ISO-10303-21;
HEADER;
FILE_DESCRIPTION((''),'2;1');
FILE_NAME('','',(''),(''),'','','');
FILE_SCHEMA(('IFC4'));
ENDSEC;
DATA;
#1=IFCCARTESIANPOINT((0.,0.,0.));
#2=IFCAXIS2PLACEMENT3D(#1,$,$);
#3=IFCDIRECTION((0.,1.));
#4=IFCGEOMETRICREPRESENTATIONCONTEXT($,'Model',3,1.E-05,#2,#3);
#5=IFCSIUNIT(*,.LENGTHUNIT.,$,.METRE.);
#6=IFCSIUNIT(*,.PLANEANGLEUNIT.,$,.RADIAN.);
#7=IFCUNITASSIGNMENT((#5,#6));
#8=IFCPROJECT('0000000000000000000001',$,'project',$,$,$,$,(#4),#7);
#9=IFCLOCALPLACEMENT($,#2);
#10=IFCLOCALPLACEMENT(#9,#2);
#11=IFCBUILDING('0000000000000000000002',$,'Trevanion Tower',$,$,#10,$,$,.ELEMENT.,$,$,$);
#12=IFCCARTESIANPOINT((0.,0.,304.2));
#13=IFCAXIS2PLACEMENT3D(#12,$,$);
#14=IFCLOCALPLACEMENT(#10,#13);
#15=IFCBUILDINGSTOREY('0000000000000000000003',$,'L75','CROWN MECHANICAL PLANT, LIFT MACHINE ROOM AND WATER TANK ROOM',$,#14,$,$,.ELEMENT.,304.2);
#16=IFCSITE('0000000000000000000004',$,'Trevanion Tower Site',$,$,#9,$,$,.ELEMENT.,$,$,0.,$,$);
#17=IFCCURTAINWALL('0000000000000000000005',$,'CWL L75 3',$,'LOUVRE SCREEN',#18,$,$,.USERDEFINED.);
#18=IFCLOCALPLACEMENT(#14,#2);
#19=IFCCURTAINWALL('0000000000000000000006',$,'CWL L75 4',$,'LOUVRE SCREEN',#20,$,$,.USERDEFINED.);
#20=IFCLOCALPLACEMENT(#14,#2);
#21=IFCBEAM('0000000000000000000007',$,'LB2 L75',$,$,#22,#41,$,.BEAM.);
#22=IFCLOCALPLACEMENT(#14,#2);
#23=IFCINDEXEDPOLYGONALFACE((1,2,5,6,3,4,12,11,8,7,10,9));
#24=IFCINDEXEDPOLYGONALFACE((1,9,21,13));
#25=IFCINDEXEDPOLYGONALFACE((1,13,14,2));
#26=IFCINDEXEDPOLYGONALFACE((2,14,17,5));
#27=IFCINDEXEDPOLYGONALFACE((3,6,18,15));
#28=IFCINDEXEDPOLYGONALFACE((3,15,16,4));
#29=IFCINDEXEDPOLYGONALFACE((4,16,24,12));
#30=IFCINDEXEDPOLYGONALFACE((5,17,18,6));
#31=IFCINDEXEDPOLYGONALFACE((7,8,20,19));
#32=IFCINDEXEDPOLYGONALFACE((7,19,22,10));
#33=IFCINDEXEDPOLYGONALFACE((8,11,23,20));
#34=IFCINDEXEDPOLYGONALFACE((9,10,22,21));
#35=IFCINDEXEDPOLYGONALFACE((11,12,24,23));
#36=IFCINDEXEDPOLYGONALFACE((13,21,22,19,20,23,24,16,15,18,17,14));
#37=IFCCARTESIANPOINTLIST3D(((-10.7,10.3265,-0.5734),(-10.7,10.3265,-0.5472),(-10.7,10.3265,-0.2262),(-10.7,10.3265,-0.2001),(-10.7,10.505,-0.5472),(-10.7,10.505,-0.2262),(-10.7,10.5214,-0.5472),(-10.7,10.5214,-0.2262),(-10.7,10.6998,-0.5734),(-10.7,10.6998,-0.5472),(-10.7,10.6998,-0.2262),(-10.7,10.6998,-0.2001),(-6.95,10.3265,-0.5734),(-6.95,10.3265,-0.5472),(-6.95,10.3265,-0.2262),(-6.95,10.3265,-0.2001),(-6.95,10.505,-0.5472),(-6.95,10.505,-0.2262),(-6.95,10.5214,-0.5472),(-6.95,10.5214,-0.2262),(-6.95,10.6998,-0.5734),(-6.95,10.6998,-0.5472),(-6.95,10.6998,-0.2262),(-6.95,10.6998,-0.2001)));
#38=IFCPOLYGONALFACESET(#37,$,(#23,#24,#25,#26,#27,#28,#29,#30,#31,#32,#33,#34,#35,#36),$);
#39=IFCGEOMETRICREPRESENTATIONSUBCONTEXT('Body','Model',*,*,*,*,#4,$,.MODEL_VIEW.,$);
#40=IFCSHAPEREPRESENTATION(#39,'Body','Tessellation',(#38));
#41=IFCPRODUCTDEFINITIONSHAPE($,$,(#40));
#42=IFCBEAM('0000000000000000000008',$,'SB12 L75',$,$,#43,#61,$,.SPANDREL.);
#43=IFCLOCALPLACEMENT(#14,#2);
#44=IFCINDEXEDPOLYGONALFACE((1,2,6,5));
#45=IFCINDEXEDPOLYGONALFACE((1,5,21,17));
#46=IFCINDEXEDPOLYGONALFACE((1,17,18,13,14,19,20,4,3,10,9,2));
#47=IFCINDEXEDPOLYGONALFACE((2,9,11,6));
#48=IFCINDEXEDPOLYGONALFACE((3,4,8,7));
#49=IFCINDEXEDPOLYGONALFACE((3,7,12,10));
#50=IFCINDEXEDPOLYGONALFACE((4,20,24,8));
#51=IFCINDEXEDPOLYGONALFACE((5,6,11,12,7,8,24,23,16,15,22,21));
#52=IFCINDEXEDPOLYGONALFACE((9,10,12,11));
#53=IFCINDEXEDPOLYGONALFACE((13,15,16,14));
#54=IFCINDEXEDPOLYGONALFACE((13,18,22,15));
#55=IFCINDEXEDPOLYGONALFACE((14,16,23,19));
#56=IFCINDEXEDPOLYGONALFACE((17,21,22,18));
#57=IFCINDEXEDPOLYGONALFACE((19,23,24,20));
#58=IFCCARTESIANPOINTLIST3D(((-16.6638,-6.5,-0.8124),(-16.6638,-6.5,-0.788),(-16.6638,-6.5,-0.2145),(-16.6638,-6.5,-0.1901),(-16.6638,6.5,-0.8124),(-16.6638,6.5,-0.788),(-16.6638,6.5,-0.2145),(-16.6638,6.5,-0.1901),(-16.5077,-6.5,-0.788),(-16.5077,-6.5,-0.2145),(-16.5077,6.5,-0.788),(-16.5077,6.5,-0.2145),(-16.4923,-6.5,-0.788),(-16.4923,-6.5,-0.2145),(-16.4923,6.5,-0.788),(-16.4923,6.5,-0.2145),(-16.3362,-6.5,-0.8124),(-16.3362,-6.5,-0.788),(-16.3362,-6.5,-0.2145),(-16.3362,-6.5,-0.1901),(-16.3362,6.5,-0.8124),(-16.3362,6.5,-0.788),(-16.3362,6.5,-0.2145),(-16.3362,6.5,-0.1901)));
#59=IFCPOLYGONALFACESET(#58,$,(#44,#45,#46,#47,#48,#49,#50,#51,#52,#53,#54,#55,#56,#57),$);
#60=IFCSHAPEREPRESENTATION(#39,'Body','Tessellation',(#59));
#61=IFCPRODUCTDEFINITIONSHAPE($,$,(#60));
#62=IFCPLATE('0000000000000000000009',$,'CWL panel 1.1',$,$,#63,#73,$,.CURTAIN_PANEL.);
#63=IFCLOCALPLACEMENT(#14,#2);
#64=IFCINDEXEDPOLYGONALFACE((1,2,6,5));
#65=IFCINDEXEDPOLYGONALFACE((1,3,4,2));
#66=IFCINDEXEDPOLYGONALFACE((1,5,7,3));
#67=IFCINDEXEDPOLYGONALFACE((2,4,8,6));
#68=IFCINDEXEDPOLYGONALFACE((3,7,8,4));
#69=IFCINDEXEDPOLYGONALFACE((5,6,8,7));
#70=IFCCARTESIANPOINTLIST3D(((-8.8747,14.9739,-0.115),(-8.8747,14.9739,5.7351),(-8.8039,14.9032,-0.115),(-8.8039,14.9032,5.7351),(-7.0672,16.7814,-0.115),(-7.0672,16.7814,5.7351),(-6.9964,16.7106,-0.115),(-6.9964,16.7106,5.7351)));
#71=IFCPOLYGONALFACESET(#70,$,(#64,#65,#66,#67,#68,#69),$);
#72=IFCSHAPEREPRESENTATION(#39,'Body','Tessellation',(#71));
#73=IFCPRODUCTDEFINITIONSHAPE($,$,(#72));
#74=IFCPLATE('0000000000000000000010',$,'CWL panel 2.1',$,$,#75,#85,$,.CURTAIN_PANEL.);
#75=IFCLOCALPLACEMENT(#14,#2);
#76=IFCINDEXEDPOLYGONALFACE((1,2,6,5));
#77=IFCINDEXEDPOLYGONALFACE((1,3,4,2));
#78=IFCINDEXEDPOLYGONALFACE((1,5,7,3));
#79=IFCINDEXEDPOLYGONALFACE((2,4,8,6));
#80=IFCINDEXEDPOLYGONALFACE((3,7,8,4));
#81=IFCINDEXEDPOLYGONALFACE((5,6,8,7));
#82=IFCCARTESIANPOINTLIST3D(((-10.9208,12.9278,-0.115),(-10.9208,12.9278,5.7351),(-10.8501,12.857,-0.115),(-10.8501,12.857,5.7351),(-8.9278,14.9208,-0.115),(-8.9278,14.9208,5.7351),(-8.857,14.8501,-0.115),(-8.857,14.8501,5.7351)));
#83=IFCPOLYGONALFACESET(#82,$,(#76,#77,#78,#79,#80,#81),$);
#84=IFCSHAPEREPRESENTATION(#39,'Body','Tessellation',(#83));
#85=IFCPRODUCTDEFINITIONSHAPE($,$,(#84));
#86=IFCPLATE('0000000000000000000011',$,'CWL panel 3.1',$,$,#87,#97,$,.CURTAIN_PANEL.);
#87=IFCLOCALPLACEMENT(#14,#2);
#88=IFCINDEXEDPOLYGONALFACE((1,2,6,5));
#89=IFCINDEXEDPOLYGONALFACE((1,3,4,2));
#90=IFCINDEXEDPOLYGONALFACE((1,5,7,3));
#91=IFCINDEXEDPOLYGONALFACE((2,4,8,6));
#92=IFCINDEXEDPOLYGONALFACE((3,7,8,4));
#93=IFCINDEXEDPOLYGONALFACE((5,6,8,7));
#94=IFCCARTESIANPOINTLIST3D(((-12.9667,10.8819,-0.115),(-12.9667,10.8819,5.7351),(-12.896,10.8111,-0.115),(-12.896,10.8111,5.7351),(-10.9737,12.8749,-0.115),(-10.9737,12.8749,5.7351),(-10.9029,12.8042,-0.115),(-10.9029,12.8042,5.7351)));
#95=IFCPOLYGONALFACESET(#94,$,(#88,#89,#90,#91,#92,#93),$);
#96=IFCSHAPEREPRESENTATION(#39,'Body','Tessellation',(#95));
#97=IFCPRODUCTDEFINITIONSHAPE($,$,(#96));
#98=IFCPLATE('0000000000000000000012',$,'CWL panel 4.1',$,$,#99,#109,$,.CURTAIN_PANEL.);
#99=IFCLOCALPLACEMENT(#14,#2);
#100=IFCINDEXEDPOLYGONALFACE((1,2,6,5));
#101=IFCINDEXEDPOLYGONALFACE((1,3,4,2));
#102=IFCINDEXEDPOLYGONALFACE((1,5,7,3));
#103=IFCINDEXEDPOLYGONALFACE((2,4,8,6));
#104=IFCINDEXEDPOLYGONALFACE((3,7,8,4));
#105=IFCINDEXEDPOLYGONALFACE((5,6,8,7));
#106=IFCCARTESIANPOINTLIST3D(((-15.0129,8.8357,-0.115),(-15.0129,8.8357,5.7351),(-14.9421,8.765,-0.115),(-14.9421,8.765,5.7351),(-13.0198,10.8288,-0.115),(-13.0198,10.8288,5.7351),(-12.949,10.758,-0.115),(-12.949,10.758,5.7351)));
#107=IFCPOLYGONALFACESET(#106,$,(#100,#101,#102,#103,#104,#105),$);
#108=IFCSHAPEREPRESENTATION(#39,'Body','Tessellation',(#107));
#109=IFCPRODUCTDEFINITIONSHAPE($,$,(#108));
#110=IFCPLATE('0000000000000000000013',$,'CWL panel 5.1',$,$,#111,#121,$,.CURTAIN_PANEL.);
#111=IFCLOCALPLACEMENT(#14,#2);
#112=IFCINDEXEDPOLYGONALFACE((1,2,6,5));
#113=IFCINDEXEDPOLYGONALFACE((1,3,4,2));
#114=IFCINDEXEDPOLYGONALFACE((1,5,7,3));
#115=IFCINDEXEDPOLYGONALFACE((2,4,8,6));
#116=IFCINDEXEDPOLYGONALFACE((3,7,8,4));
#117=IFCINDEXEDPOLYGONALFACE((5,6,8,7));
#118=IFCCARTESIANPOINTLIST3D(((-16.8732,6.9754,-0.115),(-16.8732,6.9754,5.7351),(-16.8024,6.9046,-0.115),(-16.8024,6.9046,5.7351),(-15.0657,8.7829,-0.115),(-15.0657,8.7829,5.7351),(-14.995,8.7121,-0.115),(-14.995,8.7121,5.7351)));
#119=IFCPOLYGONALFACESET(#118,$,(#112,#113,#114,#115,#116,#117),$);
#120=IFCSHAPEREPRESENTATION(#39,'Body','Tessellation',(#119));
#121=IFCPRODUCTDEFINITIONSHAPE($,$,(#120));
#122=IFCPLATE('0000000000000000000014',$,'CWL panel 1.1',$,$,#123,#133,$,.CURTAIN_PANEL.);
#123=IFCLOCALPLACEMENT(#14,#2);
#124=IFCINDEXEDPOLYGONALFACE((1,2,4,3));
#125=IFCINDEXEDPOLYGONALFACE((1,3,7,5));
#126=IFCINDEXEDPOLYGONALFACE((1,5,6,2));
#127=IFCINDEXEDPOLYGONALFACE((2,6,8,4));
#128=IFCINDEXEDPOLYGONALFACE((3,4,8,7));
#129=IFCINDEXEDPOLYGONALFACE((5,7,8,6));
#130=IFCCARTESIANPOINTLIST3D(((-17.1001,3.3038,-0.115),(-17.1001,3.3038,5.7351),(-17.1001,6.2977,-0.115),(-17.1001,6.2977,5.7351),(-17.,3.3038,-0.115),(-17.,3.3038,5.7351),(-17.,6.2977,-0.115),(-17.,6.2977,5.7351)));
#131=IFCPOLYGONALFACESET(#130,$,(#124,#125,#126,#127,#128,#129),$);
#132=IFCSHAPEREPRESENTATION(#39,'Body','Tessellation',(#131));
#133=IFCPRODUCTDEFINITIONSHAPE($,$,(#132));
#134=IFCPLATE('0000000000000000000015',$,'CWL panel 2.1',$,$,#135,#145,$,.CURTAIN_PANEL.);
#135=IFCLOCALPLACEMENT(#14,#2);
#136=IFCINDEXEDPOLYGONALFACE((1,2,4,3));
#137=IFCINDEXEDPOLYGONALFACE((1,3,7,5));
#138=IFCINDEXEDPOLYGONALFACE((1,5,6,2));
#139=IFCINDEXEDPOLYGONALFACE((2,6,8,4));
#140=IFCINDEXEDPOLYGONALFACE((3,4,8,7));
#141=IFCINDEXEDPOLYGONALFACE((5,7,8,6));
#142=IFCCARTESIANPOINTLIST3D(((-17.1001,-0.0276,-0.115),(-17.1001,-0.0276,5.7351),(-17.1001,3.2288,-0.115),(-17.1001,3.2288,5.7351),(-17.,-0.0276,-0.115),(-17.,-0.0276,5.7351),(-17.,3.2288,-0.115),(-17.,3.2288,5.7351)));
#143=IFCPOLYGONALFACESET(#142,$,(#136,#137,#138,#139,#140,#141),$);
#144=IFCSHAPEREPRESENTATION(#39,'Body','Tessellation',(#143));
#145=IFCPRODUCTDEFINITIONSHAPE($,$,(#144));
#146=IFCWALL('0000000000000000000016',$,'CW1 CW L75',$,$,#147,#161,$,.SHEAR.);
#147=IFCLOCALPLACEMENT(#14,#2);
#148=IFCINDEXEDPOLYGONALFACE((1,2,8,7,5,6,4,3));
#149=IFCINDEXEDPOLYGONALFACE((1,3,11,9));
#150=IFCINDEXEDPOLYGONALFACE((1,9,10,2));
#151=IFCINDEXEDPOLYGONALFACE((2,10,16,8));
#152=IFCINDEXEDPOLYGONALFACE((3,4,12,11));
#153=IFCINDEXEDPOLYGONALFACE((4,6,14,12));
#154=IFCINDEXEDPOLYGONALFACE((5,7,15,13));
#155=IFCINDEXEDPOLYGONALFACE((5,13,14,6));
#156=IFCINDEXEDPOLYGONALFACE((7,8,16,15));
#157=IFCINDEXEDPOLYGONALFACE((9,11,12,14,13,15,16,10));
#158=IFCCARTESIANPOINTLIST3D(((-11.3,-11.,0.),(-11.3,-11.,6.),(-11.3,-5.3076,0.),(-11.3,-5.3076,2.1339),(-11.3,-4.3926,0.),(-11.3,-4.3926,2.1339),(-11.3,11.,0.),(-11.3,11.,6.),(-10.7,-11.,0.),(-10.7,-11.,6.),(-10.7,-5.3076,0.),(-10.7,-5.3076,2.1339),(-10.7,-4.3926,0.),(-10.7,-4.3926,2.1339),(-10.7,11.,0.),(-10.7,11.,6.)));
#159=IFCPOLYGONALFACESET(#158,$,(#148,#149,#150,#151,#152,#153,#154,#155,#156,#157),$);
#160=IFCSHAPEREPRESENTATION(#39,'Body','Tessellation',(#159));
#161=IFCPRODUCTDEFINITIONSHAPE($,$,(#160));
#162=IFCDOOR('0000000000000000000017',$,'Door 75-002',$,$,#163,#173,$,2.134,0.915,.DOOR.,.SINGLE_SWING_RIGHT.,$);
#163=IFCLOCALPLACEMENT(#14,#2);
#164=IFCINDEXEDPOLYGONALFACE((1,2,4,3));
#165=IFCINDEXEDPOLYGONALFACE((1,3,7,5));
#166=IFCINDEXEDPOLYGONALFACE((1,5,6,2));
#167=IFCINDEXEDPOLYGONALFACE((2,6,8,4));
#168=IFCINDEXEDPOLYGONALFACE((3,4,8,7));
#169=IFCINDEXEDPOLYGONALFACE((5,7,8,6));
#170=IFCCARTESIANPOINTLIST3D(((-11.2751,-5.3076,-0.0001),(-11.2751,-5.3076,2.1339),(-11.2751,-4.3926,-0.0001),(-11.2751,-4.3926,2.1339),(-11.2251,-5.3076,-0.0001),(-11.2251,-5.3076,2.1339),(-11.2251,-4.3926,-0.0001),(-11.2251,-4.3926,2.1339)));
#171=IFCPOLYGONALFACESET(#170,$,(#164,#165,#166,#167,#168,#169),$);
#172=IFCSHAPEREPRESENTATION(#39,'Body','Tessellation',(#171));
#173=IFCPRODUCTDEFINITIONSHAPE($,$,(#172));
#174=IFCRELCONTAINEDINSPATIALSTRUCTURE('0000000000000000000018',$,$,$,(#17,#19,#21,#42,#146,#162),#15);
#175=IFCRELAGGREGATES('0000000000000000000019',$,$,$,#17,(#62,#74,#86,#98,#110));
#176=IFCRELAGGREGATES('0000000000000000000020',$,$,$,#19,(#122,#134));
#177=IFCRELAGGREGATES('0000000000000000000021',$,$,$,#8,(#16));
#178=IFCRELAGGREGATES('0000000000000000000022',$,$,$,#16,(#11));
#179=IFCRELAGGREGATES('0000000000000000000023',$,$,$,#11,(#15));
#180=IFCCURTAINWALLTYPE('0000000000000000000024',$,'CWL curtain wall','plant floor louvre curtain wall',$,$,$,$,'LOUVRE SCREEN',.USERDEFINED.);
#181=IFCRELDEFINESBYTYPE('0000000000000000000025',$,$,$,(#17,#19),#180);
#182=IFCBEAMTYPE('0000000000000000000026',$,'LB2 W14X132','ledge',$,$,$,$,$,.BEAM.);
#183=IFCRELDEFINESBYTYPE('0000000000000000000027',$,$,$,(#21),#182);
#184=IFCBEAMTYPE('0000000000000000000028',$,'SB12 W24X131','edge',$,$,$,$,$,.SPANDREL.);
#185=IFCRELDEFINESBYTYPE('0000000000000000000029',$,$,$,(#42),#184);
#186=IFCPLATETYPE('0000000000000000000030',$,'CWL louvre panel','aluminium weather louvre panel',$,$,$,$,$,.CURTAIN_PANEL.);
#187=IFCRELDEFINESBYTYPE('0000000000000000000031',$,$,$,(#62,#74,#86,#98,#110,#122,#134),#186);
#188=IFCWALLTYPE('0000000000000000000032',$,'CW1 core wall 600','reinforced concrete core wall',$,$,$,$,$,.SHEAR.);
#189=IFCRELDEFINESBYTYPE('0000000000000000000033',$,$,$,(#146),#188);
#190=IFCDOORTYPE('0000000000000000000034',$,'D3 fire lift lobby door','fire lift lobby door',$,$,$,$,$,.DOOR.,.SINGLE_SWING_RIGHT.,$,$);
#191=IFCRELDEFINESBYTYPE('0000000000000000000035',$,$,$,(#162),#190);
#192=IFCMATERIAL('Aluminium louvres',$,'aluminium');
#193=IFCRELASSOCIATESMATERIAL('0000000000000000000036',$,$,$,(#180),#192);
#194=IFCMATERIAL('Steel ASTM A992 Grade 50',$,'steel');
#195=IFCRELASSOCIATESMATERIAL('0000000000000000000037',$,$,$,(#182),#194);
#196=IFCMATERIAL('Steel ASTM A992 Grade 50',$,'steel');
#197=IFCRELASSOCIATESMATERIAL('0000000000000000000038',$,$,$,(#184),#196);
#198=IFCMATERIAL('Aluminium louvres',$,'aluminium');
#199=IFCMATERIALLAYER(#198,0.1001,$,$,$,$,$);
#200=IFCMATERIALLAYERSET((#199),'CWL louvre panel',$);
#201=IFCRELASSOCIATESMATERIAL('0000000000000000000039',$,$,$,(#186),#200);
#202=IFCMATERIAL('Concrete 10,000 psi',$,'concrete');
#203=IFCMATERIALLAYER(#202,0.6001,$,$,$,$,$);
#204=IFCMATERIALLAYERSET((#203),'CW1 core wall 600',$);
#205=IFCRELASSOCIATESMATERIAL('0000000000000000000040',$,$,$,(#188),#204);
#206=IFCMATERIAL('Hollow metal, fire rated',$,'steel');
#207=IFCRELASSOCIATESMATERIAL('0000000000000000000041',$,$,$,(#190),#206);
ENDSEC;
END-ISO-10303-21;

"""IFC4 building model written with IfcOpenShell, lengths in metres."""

from ifc_helpers import new_model, si_unit, direction, frame, frame_2d, origin, origin_2d, place, context, subcontext, project, spatial, rectangle, i_section, extrude, material, layer, layer_set, material_profile, profile_set, type_object, element, fill, aggregate, save


model = new_model("IFC4")

# Units and contexts
model_context = context("Model", 3, precision=1e-05, world=origin(), true_north=direction((0.0, 1.0)))
body_context = subcontext(model_context, "Body", "Model", "MODEL_VIEW")
ifc_project = project(units=[si_unit("LENGTHUNIT", "METRE"), si_unit("PLANEANGLEUNIT", "RADIAN")], contexts=[model_context])

# Site, building, storey
site_placement = place(None, origin())
site = spatial("IfcSite", under=ifc_project, at=site_placement, Name="Trevanion Tower Site", CompositionType="ELEMENT", RefElevation=0.0)
building_placement = place(site_placement, origin())
building = spatial("IfcBuilding", under=site, at=building_placement, Name="Trevanion Tower", CompositionType="ELEMENT")
storey_placement = place(building_placement, frame((0.0, 0.0, 304.2)))
storey = spatial("IfcBuildingStorey", under=building, at=storey_placement, Name="L75", Description="CROWN MECHANICAL PLANT, LIFT MACHINE ROOM AND WATER TANK ROOM", CompositionType="ELEMENT", Elevation=304.2)

# Curtain wall
ifc_material_1 = material(Name="Aluminium louvres", Category="aluminium")
curtain_wall_type = type_object("IfcCurtainWallType", Name="CWL curtain wall", Description="plant floor louvre curtain wall", ElementType="LOUVRE SCREEN", PredefinedType="USERDEFINED", material=ifc_material_1)
curtain_wall_1_placement = place(storey_placement, origin())
curtain_wall_1 = element("IfcCurtainWall", 1, at=curtain_wall_1_placement, inside=storey, type_object=curtain_wall_type, Name="CWL L75 3", ObjectType="LOUVRE SCREEN", PredefinedType="USERDEFINED")

# Curtain wall
curtain_wall_2_placement = place(storey_placement, origin())
curtain_wall_2 = element("IfcCurtainWall", 2, at=curtain_wall_2_placement, inside=storey, type_object=curtain_wall_type, Name="CWL L75 4", ObjectType="LOUVRE SCREEN", PredefinedType="USERDEFINED")

# Beams
ifc_material_2 = material(Name="Steel ASTM A992 Grade 50", Category="steel")
ifc_material_profile_1 = material_profile(ifc_material_2, i_section(OverallWidth=0.3733, OverallDepth=0.3733, WebThickness=0.0164, FlangeThickness=0.0261, at=origin_2d()), Name="W14X132")
ifc_profile_set_1 = profile_set([ifc_material_profile_1], Name="Steel ASTM A992 Grade 50")
beam_type_1 = type_object("IfcBeamType", Name="LB2 W14X132", Description="ledge", PredefinedType="BEAM", material=ifc_profile_set_1)
beam_1_placement = place(storey_placement, frame((-10.7, 10.5132, -0.3867), z_axis=(1.0, 0.0, 0.0), x_axis=(0.0, 1.0, 0.0)))
element("IfcBeam", 3, at=beam_1_placement, inside=storey, type_object=beam_type_1, Name="LB2 L75", PredefinedType="BEAM", context=body_context, shape_type="SweptSolid", body=[
    extrude(i_section(OverallWidth=0.3733, OverallDepth=0.3733, WebThickness=0.0164, FlangeThickness=0.0261, at=origin_2d()), origin(), (0.0, 0.0, 1.0), 3.75),
])
ifc_material_3 = material(Name="Steel ASTM A992 Grade 50", Category="steel")
ifc_material_profile_2 = material_profile(ifc_material_3, i_section(OverallWidth=0.3276, OverallDepth=0.6223, WebThickness=0.0154, FlangeThickness=0.0244, at=origin_2d()), Name="W24X131")
ifc_profile_set_2 = profile_set([ifc_material_profile_2], Name="Steel ASTM A992 Grade 50")
beam_type_2 = type_object("IfcBeamType", Name="SB12 W24X131", Description="edge", PredefinedType="SPANDREL", material=ifc_profile_set_2)
beam_2_placement = place(storey_placement, frame((-16.5, 6.5, -0.5012), z_axis=(0.0, -1.0, 0.0), x_axis=(1.0, 0.0, 0.0)))
element("IfcBeam", 4, at=beam_2_placement, inside=storey, type_object=beam_type_2, Name="SB12 L75", PredefinedType="SPANDREL", context=body_context, shape_type="SweptSolid", body=[
    extrude(i_section(OverallWidth=0.3276, OverallDepth=0.6223, WebThickness=0.0154, FlangeThickness=0.0244, at=origin_2d()), origin(), (0.0, 0.0, 1.0), 13.0),
])

# Plates
ifc_material_4 = material(Name="Aluminium louvres", Category="aluminium")
ifc_layer_1 = layer(ifc_material_4, 0.1001)
ifc_layer_set_1 = layer_set([ifc_layer_1], Name="CWL louvre panel")
plate_type = type_object("IfcPlateType", Name="CWL louvre panel", Description="aluminium weather louvre panel", PredefinedType="CURTAIN_PANEL", material=ifc_layer_set_1)
plate_1_placement = place(storey_placement, frame((-7.9355, 15.8423, -0.115), z_axis=(0.0, 0.0, 1.0), x_axis=(-0.707107, -0.707107, 0.0)))
plate_1 = element("IfcPlate", 5, at=plate_1_placement, type_object=plate_type, Name="CWL panel 1.1", PredefinedType="CURTAIN_PANEL", context=body_context, shape_type="SweptSolid", body=[
    extrude(rectangle(XDim=2.5562, YDim=0.1001, at=origin_2d()), origin(), (0.0, 0.0, 1.0), 5.8501),
])
plate_2_placement = place(storey_placement, frame((-9.8889, 13.8889, -0.115), z_axis=(0.0, 0.0, 1.0), x_axis=(-0.707107, -0.707107, 0.0)))
plate_2 = element("IfcPlate", 6, at=plate_2_placement, type_object=plate_type, Name="CWL panel 2.1", PredefinedType="CURTAIN_PANEL", context=body_context, shape_type="SweptSolid", body=[
    extrude(rectangle(XDim=2.8186, YDim=0.1001, at=origin_2d()), origin(), (0.0, 0.0, 1.0), 5.8501),
])
plate_3_placement = place(storey_placement, frame((-11.9348, 11.843, -0.115), z_axis=(0.0, 0.0, 1.0), x_axis=(-0.707107, -0.707107, 0.0)))
plate_3 = element("IfcPlate", 7, at=plate_3_placement, type_object=plate_type, Name="CWL panel 3.1", PredefinedType="CURTAIN_PANEL", context=body_context, shape_type="SweptSolid", body=[
    extrude(rectangle(XDim=2.8186, YDim=0.1001, at=origin_2d()), origin(), (0.0, 0.0, 1.0), 5.8501),
])
plate_4_placement = place(storey_placement, frame((-13.981, 9.7969, -0.115), z_axis=(0.0, 0.0, 1.0), x_axis=(-0.707107, -0.707107, 0.0)))
plate_4 = element("IfcPlate", 8, at=plate_4_placement, type_object=plate_type, Name="CWL panel 4.1", PredefinedType="CURTAIN_PANEL", context=body_context, shape_type="SweptSolid", body=[
    extrude(rectangle(XDim=2.8186, YDim=0.1001, at=origin_2d()), origin(), (0.0, 0.0, 1.0), 5.8501),
])
plate_5_placement = place(storey_placement, frame((-15.9341, 7.8438, -0.115), z_axis=(0.0, 0.0, 1.0), x_axis=(-0.707107, -0.707107, 0.0)))
plate_5 = element("IfcPlate", 9, at=plate_5_placement, type_object=plate_type, Name="CWL panel 5.1", PredefinedType="CURTAIN_PANEL", context=body_context, shape_type="SweptSolid", body=[
    extrude(rectangle(XDim=2.5562, YDim=0.1001, at=origin_2d()), origin(), (0.0, 0.0, 1.0), 5.8501),
])
aggregate(curtain_wall_1, [plate_1, plate_2, plate_3, plate_4, plate_5])
plate_6_placement = place(storey_placement, frame((-17.05, 4.8008, -0.115), z_axis=(0.0, 0.0, 1.0), x_axis=(0.0, -1.0, 0.0)))
plate_6 = element("IfcPlate", 10, at=plate_6_placement, type_object=plate_type, Name="CWL panel 1.1", PredefinedType="CURTAIN_PANEL", context=body_context, shape_type="SweptSolid", body=[
    extrude(rectangle(XDim=2.9939, YDim=0.1001, at=origin_2d()), origin(), (0.0, 0.0, 1.0), 5.8501),
])
plate_7_placement = place(storey_placement, frame((-17.05, 1.6006, -0.115), z_axis=(0.0, 0.0, 1.0), x_axis=(0.0, -1.0, 0.0)))
plate_7 = element("IfcPlate", 11, at=plate_7_placement, type_object=plate_type, Name="CWL panel 2.1", PredefinedType="CURTAIN_PANEL", context=body_context, shape_type="SweptSolid", body=[
    extrude(rectangle(XDim=3.2563, YDim=0.1001, at=origin_2d()), origin(), (0.0, 0.0, 1.0), 5.8501),
])
aggregate(curtain_wall_2, [plate_6, plate_7])

# Wall, opening, door
ifc_material_5 = material(Name="Concrete 10,000 psi", Category="concrete")
ifc_layer_2 = layer(ifc_material_5, 0.6001)
ifc_layer_set_2 = layer_set([ifc_layer_2], Name="CW1 core wall 600")
wall_type = type_object("IfcWallType", Name="CW1 core wall 600", Description="reinforced concrete core wall", PredefinedType="SHEAR", material=ifc_layer_set_2)
wall_placement = place(storey_placement, frame((-11.0, 11.0, 0.0), z_axis=(0.0, 0.0, 1.0), x_axis=(0.0, -1.0, 0.0)))
wall = element("IfcWall", 12, at=wall_placement, inside=storey, type_object=wall_type, Name="CW1 CW L75", PredefinedType="SHEAR", context=body_context, shape_type="SweptSolid", body=[
    extrude(rectangle(XDim=22.0, YDim=0.6001, at=frame_2d((11.0, 0.0))), origin(), (0.0, 0.0, 1.0), 6.0),
])
opening_placement = place(wall_placement, frame((15.3926, 0.0, 0.0)))
opening = element("IfcOpeningElement", 13, at=opening_placement, cuts=wall, PredefinedType="OPENING", context=body_context, shape_type="SweptSolid", body=[
    extrude(rectangle(XDim=0.915, YDim=2.134, at=frame_2d((0.4575, 1.0669))), frame((0.0, 0.3101, 0.0), z_axis=(0.0, -1.0, 0.0), x_axis=(1.0, 0.0, 0.0)), (0.0, 0.0, 1.0), 0.6201),
])
ifc_material_6 = material(Name="Hollow metal, fire rated", Category="steel")
door_type = type_object("IfcDoorType", Name="D3 fire lift lobby door", Description="fire lift lobby door", OperationType="SINGLE_SWING_RIGHT", PredefinedType="DOOR", material=ifc_material_6)
door_placement = place(opening_placement, origin())
door = element("IfcDoor", 14, at=door_placement, inside=storey, type_object=door_type, Name="Door 75-002", OperationType="SINGLE_SWING_RIGHT", OverallHeight=2.134, OverallWidth=0.915, PredefinedType="DOOR", context=body_context, shape_type="SweptSolid", body=[
    extrude(rectangle(XDim=0.915, YDim=2.134, at=frame_2d((0.4575, 1.0669))), frame((0.0, -0.2251, 0.0), z_axis=(0.0, -1.0, 0.0), x_axis=(1.0, 0.0, 0.0)), (0.0, 0.0, 1.0), 0.05),
])
fill(opening, door)

save(model, "model.ifc")
